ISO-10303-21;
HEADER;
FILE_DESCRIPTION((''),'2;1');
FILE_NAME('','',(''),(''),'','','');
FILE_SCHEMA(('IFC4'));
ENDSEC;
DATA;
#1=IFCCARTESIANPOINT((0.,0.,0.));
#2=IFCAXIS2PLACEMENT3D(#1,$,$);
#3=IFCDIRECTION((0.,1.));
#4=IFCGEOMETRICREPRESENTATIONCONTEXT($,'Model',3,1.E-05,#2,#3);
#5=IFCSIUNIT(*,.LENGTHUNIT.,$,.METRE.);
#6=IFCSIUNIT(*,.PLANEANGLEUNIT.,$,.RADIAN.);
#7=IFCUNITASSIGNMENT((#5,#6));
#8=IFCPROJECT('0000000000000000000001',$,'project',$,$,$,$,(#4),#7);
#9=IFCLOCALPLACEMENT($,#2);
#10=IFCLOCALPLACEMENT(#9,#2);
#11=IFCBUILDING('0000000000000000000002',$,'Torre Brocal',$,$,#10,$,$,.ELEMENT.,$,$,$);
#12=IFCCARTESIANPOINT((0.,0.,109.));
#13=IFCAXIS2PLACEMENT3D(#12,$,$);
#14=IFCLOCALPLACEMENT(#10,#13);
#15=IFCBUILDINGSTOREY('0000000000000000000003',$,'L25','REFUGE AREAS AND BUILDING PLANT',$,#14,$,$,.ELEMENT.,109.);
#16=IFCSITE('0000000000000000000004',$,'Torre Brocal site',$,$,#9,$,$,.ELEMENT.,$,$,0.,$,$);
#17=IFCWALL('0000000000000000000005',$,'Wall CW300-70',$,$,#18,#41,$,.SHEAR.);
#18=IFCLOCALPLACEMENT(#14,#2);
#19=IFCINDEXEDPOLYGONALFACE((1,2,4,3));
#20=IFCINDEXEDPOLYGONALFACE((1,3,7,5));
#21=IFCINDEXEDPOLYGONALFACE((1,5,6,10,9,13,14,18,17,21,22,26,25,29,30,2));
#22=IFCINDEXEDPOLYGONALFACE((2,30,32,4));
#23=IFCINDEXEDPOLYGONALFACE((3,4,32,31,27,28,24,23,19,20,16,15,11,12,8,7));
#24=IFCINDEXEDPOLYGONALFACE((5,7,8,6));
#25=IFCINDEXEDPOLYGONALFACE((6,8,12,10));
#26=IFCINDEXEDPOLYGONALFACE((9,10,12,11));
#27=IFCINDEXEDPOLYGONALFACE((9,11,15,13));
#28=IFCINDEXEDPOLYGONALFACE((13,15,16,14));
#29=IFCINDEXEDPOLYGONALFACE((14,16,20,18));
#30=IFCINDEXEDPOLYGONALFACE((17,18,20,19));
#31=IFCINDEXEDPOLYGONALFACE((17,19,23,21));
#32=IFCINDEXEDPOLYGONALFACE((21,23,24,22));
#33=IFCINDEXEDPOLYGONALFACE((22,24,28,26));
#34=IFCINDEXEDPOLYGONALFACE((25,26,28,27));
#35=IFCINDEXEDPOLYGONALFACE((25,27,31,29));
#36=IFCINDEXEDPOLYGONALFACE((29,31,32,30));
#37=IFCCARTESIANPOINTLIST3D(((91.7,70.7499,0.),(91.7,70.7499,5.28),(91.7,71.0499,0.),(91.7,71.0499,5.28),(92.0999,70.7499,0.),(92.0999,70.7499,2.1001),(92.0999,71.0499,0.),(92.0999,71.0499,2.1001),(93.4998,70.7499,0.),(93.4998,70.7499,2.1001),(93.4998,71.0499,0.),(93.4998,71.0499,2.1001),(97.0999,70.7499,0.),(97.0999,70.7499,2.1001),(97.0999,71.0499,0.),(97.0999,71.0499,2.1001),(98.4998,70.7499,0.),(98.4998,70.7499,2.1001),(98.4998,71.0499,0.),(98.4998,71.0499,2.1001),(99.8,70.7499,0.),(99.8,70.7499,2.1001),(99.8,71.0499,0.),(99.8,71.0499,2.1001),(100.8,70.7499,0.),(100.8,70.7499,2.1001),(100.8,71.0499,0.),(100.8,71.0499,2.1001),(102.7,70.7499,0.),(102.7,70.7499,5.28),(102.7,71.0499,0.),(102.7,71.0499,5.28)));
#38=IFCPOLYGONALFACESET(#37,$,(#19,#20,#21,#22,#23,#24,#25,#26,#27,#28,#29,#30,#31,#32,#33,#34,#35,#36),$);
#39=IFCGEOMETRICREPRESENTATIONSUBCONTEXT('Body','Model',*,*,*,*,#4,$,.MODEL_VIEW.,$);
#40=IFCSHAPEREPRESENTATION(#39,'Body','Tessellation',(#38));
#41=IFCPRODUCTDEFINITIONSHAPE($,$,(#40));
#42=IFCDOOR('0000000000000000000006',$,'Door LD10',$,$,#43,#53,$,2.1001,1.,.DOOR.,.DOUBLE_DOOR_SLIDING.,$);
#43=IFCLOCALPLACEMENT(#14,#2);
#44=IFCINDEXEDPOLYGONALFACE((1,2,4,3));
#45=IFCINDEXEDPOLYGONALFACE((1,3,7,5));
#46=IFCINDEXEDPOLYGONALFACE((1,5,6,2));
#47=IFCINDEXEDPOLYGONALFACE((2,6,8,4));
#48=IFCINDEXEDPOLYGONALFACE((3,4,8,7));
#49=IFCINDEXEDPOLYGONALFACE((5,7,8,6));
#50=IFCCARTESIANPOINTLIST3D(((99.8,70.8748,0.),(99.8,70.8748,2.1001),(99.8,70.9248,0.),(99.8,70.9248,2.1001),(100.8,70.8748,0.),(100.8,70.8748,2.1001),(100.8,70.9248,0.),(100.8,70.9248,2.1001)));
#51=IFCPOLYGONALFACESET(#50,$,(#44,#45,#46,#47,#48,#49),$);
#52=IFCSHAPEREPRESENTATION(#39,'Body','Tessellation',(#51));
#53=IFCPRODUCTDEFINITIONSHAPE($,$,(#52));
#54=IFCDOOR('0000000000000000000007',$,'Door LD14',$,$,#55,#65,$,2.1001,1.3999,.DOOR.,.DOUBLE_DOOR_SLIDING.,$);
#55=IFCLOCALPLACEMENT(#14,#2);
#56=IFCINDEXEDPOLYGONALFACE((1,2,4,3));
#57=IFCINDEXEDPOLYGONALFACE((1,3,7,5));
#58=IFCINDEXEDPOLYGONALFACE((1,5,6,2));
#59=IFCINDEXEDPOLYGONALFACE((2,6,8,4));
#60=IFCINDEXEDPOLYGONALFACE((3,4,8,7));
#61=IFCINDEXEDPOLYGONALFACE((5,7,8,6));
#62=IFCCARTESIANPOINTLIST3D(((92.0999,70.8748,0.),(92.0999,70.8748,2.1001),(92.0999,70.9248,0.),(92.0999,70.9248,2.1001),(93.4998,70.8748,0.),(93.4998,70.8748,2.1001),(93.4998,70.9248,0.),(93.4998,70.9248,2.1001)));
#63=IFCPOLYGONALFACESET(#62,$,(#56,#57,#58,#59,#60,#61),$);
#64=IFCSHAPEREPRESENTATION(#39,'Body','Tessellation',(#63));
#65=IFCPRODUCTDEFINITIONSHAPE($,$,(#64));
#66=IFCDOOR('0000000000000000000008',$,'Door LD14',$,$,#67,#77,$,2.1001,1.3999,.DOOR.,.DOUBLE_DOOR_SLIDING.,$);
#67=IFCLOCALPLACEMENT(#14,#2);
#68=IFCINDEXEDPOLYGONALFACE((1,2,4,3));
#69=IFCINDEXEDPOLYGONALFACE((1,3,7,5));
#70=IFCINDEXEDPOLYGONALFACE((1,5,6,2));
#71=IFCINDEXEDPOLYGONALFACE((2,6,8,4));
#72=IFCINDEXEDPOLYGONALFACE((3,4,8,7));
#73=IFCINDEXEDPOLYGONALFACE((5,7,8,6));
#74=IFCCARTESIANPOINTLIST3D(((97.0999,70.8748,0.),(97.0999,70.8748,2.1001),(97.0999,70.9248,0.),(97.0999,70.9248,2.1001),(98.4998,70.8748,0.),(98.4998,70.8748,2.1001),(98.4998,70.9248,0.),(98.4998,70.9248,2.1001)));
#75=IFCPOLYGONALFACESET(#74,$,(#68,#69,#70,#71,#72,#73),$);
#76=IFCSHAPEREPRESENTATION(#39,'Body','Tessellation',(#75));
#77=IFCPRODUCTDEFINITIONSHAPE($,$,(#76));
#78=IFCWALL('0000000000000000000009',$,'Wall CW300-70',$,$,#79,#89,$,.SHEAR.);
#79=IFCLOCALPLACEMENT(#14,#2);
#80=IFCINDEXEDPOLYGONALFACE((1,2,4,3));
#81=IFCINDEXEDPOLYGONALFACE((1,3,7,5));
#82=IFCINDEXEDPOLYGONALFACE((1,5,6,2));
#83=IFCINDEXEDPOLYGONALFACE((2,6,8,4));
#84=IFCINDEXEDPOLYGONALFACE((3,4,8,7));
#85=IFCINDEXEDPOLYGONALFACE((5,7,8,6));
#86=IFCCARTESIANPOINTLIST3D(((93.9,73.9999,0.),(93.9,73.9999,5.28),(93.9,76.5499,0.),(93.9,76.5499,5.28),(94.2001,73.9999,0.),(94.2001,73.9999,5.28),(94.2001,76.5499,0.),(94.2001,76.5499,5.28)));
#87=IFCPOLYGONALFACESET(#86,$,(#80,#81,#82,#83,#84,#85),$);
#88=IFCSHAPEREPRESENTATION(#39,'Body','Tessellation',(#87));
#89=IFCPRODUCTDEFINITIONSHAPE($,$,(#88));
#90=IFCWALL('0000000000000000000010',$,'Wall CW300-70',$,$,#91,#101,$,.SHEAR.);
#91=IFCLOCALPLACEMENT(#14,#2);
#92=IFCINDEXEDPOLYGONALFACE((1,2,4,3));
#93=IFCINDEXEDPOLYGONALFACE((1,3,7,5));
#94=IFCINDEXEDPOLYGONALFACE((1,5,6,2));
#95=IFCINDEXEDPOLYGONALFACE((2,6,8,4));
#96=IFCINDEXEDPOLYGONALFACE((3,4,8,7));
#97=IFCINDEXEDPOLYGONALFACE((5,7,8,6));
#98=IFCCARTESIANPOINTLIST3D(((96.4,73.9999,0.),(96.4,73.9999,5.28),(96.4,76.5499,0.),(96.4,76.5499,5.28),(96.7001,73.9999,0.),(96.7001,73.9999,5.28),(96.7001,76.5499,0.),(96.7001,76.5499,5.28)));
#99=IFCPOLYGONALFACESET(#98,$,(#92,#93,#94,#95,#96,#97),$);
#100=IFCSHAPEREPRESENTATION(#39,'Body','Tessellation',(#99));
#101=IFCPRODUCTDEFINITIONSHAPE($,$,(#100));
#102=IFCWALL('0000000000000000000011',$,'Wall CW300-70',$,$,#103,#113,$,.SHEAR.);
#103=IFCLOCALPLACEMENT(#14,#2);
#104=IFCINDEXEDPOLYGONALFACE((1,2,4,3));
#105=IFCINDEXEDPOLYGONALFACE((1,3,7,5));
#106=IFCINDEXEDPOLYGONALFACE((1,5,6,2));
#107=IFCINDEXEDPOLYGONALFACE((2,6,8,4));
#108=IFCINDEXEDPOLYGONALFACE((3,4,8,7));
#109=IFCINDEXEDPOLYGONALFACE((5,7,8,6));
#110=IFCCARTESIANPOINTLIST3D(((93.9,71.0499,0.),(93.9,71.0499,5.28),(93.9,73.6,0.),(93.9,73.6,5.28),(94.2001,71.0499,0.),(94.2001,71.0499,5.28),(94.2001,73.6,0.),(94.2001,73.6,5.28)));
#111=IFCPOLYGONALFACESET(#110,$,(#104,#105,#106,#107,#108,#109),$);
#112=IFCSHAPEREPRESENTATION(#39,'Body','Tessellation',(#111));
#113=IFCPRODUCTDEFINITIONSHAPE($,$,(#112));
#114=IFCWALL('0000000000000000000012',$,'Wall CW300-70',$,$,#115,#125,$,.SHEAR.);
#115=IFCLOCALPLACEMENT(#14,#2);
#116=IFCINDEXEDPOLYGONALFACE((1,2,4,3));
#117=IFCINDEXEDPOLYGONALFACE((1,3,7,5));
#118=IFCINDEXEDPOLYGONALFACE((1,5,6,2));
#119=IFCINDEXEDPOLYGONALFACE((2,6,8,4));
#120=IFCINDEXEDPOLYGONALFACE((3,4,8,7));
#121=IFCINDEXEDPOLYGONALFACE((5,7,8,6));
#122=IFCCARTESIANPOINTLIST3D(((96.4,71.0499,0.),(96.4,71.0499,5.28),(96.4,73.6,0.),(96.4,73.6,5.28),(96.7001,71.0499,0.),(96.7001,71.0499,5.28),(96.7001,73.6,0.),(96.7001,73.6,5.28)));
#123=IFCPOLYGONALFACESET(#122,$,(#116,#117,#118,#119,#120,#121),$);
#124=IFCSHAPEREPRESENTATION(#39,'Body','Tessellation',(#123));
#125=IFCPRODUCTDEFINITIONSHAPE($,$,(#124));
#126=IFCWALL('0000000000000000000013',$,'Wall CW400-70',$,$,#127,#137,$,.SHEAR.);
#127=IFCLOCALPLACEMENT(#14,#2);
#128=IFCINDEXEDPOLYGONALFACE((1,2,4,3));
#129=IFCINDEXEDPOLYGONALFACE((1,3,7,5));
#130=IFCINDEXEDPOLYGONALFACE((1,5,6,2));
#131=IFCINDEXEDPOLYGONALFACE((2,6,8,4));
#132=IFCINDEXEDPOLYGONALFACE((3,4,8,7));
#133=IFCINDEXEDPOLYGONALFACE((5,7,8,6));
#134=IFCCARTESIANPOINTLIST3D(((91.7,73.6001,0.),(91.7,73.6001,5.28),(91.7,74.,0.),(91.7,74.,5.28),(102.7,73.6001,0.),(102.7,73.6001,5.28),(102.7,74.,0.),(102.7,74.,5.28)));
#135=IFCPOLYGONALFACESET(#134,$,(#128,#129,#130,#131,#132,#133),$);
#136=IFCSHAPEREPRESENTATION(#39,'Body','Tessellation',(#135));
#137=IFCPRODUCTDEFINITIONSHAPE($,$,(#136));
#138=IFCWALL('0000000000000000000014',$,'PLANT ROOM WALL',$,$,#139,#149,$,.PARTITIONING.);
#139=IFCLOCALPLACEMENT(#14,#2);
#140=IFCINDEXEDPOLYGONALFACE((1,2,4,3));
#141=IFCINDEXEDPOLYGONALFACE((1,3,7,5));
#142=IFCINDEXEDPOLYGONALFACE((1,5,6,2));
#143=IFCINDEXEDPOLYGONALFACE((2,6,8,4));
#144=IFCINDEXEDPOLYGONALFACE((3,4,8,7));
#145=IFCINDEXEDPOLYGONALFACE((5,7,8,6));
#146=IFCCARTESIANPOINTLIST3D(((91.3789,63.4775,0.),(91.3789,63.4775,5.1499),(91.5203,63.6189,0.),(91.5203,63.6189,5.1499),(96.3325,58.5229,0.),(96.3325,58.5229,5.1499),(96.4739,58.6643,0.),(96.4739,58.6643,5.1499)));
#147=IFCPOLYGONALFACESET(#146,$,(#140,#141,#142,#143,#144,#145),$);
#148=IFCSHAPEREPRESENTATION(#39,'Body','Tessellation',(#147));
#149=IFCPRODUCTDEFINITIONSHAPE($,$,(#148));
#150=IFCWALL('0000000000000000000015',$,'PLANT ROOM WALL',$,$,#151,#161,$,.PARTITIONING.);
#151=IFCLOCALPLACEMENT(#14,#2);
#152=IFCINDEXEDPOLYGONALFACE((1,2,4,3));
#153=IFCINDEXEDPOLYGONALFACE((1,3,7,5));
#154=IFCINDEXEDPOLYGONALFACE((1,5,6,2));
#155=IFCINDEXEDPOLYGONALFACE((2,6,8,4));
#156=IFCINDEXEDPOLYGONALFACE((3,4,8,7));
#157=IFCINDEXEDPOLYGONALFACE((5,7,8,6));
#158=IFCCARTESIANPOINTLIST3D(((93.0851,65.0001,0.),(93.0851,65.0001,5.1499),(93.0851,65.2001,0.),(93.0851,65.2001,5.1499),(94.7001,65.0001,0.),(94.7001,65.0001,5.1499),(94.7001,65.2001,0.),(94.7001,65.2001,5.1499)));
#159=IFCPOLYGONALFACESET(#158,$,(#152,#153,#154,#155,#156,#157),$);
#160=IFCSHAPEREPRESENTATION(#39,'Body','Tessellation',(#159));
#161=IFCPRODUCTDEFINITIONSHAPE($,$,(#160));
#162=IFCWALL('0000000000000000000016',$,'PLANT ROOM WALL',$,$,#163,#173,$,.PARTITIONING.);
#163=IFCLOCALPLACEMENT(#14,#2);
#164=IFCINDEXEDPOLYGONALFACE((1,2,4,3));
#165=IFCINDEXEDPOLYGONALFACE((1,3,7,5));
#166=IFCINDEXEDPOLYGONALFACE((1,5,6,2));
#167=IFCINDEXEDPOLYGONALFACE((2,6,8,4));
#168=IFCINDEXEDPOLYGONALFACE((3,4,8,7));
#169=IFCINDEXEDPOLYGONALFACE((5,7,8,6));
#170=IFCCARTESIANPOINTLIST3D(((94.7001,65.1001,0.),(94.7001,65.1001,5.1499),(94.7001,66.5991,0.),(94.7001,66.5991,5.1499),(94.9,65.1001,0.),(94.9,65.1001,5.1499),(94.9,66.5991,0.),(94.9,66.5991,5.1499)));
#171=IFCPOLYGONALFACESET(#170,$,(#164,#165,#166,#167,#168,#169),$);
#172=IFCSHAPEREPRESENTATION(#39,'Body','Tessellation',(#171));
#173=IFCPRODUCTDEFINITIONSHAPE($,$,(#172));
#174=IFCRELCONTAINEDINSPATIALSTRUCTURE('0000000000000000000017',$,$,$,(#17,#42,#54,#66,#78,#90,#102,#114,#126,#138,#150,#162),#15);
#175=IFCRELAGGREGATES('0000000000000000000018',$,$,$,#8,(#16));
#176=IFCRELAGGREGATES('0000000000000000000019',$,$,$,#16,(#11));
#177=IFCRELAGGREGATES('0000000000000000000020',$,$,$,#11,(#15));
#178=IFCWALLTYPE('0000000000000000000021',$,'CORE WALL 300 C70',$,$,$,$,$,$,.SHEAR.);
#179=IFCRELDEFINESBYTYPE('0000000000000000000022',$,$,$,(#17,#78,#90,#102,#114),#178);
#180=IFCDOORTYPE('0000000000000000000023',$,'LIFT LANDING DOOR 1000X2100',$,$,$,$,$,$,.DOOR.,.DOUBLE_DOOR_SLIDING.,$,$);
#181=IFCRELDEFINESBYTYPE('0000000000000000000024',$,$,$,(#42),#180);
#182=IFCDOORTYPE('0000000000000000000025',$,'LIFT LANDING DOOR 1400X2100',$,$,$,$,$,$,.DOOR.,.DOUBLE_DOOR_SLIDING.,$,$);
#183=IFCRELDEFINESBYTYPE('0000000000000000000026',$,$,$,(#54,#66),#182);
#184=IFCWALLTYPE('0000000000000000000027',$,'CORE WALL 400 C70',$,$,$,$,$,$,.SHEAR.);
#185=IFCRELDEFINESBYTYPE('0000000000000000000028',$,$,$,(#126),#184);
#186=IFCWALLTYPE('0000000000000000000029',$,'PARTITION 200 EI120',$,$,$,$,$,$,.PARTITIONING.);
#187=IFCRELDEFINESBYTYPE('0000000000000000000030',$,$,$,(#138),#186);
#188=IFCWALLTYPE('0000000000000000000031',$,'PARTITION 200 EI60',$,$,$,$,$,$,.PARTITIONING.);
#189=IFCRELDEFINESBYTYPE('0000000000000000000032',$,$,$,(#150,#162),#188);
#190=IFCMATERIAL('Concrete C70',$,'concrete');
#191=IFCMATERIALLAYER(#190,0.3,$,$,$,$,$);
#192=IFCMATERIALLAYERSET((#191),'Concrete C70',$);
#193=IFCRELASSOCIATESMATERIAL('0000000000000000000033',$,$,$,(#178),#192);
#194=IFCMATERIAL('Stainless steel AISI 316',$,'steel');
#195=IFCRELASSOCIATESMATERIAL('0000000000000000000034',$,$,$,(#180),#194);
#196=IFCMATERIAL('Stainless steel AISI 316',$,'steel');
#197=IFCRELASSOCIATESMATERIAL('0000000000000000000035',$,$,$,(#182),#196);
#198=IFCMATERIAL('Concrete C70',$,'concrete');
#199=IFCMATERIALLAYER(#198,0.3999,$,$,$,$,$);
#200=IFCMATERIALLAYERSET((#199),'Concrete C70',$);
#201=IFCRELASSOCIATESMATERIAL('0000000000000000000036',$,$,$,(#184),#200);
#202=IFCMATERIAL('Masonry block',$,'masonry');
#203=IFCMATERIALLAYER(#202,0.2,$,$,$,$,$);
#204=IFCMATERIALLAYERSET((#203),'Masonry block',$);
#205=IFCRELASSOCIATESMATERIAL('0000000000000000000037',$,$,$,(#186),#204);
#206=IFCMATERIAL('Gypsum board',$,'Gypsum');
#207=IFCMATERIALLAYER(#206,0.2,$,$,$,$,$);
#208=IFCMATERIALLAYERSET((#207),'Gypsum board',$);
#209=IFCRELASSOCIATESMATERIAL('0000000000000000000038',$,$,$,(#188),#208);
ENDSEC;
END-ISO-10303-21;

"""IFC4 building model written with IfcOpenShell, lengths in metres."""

from ifc_helpers import new_model, si_unit, direction, frame, frame_2d, origin, place, context, subcontext, project, spatial, rectangle, extrude, material, layer, layer_set, type_object, element, fill, save


model = new_model("IFC4")

# Units and contexts
model_context = context("Model", 3, precision=1e-05, world=origin(), true_north=direction((0.0, 1.0)))
body_context = subcontext(model_context, "Body", "Model", "MODEL_VIEW")
ifc_project = project(units=[si_unit("LENGTHUNIT", "METRE"), si_unit("PLANEANGLEUNIT", "RADIAN")], contexts=[model_context])

# Site, building, storey
site_placement = place(None, origin())
site = spatial("IfcSite", under=ifc_project, at=site_placement, Name="Torre Brocal site", CompositionType="ELEMENT", RefElevation=0.0)
building_placement = place(site_placement, origin())
building = spatial("IfcBuilding", under=site, at=building_placement, Name="Torre Brocal", CompositionType="ELEMENT")
storey_placement = place(building_placement, frame((0.0, 0.0, 109.0)))
storey = spatial("IfcBuildingStorey", under=building, at=storey_placement, Name="L25", Description="REFUGE AREAS AND BUILDING PLANT", CompositionType="ELEMENT", Elevation=109.0)

# Shared definitions
ifc_material_1 = material(Name="Concrete C70", Category="concrete")
ifc_layer_1 = layer(ifc_material_1, 0.3)
ifc_layer_set_1 = layer_set([ifc_layer_1], Name="Concrete C70")
wall_type_1 = type_object("IfcWallType", Name="CORE WALL 300 C70", PredefinedType="SHEAR", material=ifc_layer_set_1)

# Wall, openings, doors
wall_1_placement = place(storey_placement, frame((91.7, 70.8999, 0.0), z_axis=(0.0, 0.0, 1.0), x_axis=(1.0, 0.0, 0.0)))
wall_1 = element("IfcWall", 1, at=wall_1_placement, inside=storey, type_object=wall_type_1, Name="Wall CW300-70", PredefinedType="SHEAR", context=body_context, shape_type="SweptSolid", body=[
    extrude(rectangle(XDim=11.0, YDim=0.3, at=frame_2d((5.5, 0.0))), origin(), (0.0, 0.0, 1.0), 5.28),
])
opening_1_placement = place(wall_1_placement, frame((0.3999, 0.0, 0.0)))
opening_1 = element("IfcOpeningElement", 2, at=opening_1_placement, cuts=wall_1, PredefinedType="OPENING", context=body_context, shape_type="SweptSolid", body=[
    extrude(rectangle(XDim=1.3999, YDim=2.1001, at=frame_2d((0.7, 1.05))), frame((0.0, 0.1599, 0.0), z_axis=(0.0, -1.0, 0.0), x_axis=(1.0, 0.0, 0.0)), (0.0, 0.0, 1.0), 0.3201),
])
opening_2_placement = place(wall_1_placement, frame((5.3999, 0.0, 0.0)))
opening_2 = element("IfcOpeningElement", 3, at=opening_2_placement, cuts=wall_1, PredefinedType="OPENING", context=body_context, shape_type="SweptSolid", body=[
    extrude(rectangle(XDim=1.3999, YDim=2.1001, at=frame_2d((0.7, 1.05))), frame((0.0, 0.1599, 0.0), z_axis=(0.0, -1.0, 0.0), x_axis=(1.0, 0.0, 0.0)), (0.0, 0.0, 1.0), 0.3201),
])
opening_3_placement = place(wall_1_placement, frame((8.1001, 0.0, 0.0)))
opening_3 = element("IfcOpeningElement", 4, at=opening_3_placement, cuts=wall_1, PredefinedType="OPENING", context=body_context, shape_type="SweptSolid", body=[
    extrude(rectangle(XDim=1.0, YDim=2.1001, at=frame_2d((0.5, 1.05))), frame((0.0, 0.1599, 0.0), z_axis=(0.0, -1.0, 0.0), x_axis=(1.0, 0.0, 0.0)), (0.0, 0.0, 1.0), 0.3201),
])
ifc_material_2 = material(Name="Stainless steel AISI 316", Category="steel")
door_type_1 = type_object("IfcDoorType", Name="LIFT LANDING DOOR 1000X2100", OperationType="DOUBLE_DOOR_SLIDING", PredefinedType="DOOR", material=ifc_material_2)
door_1_placement = place(opening_3_placement, origin())
door_1 = element("IfcDoor", 5, at=door_1_placement, inside=storey, type_object=door_type_1, Name="Door LD10", OperationType="DOUBLE_DOOR_SLIDING", OverallHeight=2.1001, OverallWidth=1.0, PredefinedType="DOOR", context=body_context, shape_type="SweptSolid", body=[
    extrude(rectangle(XDim=1.0, YDim=2.1001, at=frame_2d((0.5, 1.05))), frame((0.0, 0.0249, 0.0), z_axis=(0.0, -1.0, 0.0), x_axis=(1.0, 0.0, 0.0)), (0.0, 0.0, 1.0), 0.05),
])
fill(opening_3, door_1)
ifc_material_3 = material(Name="Stainless steel AISI 316", Category="steel")
door_type_2 = type_object("IfcDoorType", Name="LIFT LANDING DOOR 1400X2100", OperationType="DOUBLE_DOOR_SLIDING", PredefinedType="DOOR", material=ifc_material_3)
door_2_placement = place(opening_1_placement, origin())
door_2 = element("IfcDoor", 6, at=door_2_placement, inside=storey, type_object=door_type_2, Name="Door LD14", OperationType="DOUBLE_DOOR_SLIDING", OverallHeight=2.1001, OverallWidth=1.3999, PredefinedType="DOOR", context=body_context, shape_type="SweptSolid", body=[
    extrude(rectangle(XDim=1.3999, YDim=2.1001, at=frame_2d((0.7, 1.05))), frame((0.0, 0.0249, 0.0), z_axis=(0.0, -1.0, 0.0), x_axis=(1.0, 0.0, 0.0)), (0.0, 0.0, 1.0), 0.05),
])
fill(opening_1, door_2)
door_3_placement = place(opening_2_placement, origin())
door_3 = element("IfcDoor", 7, at=door_3_placement, inside=storey, type_object=door_type_2, Name="Door LD14", OperationType="DOUBLE_DOOR_SLIDING", OverallHeight=2.1001, OverallWidth=1.3999, PredefinedType="DOOR", context=body_context, shape_type="SweptSolid", body=[
    extrude(rectangle(XDim=1.3999, YDim=2.1001, at=frame_2d((0.7, 1.05))), frame((0.0, 0.0249, 0.0), z_axis=(0.0, -1.0, 0.0), x_axis=(1.0, 0.0, 0.0)), (0.0, 0.0, 1.0), 0.05),
])
fill(opening_2, door_3)

# Walls
for number, where, z_axis, x_axis, name in (
    (8, (94.05, 74.0, 0.0), (0.0, 0.0, 1.0), (0.0, 1.0, 0.0), "Wall CW300-70"),
    (9, (96.55, 74.0, 0.0), (0.0, 0.0, 1.0), (0.0, 1.0, 0.0), "Wall CW300-70"),
    (10, (94.05, 71.05, 0.0), (0.0, 0.0, 1.0), (0.0, 1.0, 0.0), "Wall CW300-70"),
    (11, (96.55, 71.05, 0.0), (0.0, 0.0, 1.0), (0.0, 1.0, 0.0), "Wall CW300-70"),
):
    element("IfcWall", number, at=place(storey_placement, frame(where, z_axis=z_axis, x_axis=x_axis)), inside=storey, type_object=wall_type_1, Name=name, PredefinedType="SHEAR", context=body_context, shape_type="SweptSolid", body=[
        extrude(rectangle(XDim=2.55, YDim=0.3, at=frame_2d((1.2749, 0.0))), origin(), (0.0, 0.0, 1.0), 5.28),
    ])
ifc_material_4 = material(Name="Concrete C70", Category="concrete")
ifc_layer_2 = layer(ifc_material_4, 0.3999)
ifc_layer_set_2 = layer_set([ifc_layer_2], Name="Concrete C70")
wall_type_2 = type_object("IfcWallType", Name="CORE WALL 400 C70", PredefinedType="SHEAR", material=ifc_layer_set_2)
wall_2_placement = place(storey_placement, frame((91.7, 73.8, 0.0), z_axis=(0.0, 0.0, 1.0), x_axis=(1.0, 0.0, 0.0)))
element("IfcWall", 12, at=wall_2_placement, inside=storey, type_object=wall_type_2, Name="Wall CW400-70", PredefinedType="SHEAR", context=body_context, shape_type="SweptSolid", body=[
    extrude(rectangle(XDim=11.0, YDim=0.3999, at=frame_2d((5.5, 0.0))), origin(), (0.0, 0.0, 1.0), 5.28),
])
ifc_material_5 = material(Name="Masonry block", Category="masonry")
ifc_layer_3 = layer(ifc_material_5, 0.2)
ifc_layer_set_3 = layer_set([ifc_layer_3], Name="Masonry block")
wall_type_3 = type_object("IfcWallType", Name="PARTITION 200 EI120", PredefinedType="PARTITIONING", material=ifc_layer_set_3)
wall_3_placement = place(storey_placement, frame((91.4497, 63.5481, 0.0), z_axis=(0.0, 0.0, 1.0), x_axis=(0.707037, -0.707176, 0.0)))
element("IfcWall", 13, at=wall_3_placement, inside=storey, type_object=wall_type_3, Name="PLANT ROOM WALL", PredefinedType="PARTITIONING", context=body_context, shape_type="SweptSolid", body=[
    extrude(rectangle(XDim=7.0061, YDim=0.2, at=frame_2d((3.5029, 0.0))), origin(), (0.0, 0.0, 1.0), 5.1499),
])
ifc_material_6 = material(Name="Gypsum board", Category="Gypsum")
ifc_layer_4 = layer(ifc_material_6, 0.2)
ifc_layer_set_4 = layer_set([ifc_layer_4], Name="Gypsum board")
wall_type_4 = type_object("IfcWallType", Name="PARTITION 200 EI60", PredefinedType="PARTITIONING", material=ifc_layer_set_4)
wall_4_placement = place(storey_placement, frame((93.085, 65.1001, 0.0), z_axis=(0.0, 0.0, 1.0), x_axis=(1.0, 0.0, 0.0)))
element("IfcWall", 14, at=wall_4_placement, inside=storey, type_object=wall_type_4, Name="PLANT ROOM WALL", PredefinedType="PARTITIONING", context=body_context, shape_type="SweptSolid", body=[
    extrude(rectangle(XDim=1.615, YDim=0.2, at=frame_2d((0.8076, 0.0))), origin(), (0.0, 0.0, 1.0), 5.1499),
])
wall_5_placement = place(storey_placement, frame((94.8, 65.1001, 0.0), z_axis=(0.0, 0.0, 1.0), x_axis=(0.0, 1.0, 0.0)))
element("IfcWall", 15, at=wall_5_placement, inside=storey, type_object=wall_type_4, Name="PLANT ROOM WALL", PredefinedType="PARTITIONING", context=body_context, shape_type="SweptSolid", body=[
    extrude(rectangle(XDim=1.499, YDim=0.2, at=frame_2d((0.7495, 0.0))), origin(), (0.0, 0.0, 1.0), 5.1499),
])

save(model, "model.ifc")
